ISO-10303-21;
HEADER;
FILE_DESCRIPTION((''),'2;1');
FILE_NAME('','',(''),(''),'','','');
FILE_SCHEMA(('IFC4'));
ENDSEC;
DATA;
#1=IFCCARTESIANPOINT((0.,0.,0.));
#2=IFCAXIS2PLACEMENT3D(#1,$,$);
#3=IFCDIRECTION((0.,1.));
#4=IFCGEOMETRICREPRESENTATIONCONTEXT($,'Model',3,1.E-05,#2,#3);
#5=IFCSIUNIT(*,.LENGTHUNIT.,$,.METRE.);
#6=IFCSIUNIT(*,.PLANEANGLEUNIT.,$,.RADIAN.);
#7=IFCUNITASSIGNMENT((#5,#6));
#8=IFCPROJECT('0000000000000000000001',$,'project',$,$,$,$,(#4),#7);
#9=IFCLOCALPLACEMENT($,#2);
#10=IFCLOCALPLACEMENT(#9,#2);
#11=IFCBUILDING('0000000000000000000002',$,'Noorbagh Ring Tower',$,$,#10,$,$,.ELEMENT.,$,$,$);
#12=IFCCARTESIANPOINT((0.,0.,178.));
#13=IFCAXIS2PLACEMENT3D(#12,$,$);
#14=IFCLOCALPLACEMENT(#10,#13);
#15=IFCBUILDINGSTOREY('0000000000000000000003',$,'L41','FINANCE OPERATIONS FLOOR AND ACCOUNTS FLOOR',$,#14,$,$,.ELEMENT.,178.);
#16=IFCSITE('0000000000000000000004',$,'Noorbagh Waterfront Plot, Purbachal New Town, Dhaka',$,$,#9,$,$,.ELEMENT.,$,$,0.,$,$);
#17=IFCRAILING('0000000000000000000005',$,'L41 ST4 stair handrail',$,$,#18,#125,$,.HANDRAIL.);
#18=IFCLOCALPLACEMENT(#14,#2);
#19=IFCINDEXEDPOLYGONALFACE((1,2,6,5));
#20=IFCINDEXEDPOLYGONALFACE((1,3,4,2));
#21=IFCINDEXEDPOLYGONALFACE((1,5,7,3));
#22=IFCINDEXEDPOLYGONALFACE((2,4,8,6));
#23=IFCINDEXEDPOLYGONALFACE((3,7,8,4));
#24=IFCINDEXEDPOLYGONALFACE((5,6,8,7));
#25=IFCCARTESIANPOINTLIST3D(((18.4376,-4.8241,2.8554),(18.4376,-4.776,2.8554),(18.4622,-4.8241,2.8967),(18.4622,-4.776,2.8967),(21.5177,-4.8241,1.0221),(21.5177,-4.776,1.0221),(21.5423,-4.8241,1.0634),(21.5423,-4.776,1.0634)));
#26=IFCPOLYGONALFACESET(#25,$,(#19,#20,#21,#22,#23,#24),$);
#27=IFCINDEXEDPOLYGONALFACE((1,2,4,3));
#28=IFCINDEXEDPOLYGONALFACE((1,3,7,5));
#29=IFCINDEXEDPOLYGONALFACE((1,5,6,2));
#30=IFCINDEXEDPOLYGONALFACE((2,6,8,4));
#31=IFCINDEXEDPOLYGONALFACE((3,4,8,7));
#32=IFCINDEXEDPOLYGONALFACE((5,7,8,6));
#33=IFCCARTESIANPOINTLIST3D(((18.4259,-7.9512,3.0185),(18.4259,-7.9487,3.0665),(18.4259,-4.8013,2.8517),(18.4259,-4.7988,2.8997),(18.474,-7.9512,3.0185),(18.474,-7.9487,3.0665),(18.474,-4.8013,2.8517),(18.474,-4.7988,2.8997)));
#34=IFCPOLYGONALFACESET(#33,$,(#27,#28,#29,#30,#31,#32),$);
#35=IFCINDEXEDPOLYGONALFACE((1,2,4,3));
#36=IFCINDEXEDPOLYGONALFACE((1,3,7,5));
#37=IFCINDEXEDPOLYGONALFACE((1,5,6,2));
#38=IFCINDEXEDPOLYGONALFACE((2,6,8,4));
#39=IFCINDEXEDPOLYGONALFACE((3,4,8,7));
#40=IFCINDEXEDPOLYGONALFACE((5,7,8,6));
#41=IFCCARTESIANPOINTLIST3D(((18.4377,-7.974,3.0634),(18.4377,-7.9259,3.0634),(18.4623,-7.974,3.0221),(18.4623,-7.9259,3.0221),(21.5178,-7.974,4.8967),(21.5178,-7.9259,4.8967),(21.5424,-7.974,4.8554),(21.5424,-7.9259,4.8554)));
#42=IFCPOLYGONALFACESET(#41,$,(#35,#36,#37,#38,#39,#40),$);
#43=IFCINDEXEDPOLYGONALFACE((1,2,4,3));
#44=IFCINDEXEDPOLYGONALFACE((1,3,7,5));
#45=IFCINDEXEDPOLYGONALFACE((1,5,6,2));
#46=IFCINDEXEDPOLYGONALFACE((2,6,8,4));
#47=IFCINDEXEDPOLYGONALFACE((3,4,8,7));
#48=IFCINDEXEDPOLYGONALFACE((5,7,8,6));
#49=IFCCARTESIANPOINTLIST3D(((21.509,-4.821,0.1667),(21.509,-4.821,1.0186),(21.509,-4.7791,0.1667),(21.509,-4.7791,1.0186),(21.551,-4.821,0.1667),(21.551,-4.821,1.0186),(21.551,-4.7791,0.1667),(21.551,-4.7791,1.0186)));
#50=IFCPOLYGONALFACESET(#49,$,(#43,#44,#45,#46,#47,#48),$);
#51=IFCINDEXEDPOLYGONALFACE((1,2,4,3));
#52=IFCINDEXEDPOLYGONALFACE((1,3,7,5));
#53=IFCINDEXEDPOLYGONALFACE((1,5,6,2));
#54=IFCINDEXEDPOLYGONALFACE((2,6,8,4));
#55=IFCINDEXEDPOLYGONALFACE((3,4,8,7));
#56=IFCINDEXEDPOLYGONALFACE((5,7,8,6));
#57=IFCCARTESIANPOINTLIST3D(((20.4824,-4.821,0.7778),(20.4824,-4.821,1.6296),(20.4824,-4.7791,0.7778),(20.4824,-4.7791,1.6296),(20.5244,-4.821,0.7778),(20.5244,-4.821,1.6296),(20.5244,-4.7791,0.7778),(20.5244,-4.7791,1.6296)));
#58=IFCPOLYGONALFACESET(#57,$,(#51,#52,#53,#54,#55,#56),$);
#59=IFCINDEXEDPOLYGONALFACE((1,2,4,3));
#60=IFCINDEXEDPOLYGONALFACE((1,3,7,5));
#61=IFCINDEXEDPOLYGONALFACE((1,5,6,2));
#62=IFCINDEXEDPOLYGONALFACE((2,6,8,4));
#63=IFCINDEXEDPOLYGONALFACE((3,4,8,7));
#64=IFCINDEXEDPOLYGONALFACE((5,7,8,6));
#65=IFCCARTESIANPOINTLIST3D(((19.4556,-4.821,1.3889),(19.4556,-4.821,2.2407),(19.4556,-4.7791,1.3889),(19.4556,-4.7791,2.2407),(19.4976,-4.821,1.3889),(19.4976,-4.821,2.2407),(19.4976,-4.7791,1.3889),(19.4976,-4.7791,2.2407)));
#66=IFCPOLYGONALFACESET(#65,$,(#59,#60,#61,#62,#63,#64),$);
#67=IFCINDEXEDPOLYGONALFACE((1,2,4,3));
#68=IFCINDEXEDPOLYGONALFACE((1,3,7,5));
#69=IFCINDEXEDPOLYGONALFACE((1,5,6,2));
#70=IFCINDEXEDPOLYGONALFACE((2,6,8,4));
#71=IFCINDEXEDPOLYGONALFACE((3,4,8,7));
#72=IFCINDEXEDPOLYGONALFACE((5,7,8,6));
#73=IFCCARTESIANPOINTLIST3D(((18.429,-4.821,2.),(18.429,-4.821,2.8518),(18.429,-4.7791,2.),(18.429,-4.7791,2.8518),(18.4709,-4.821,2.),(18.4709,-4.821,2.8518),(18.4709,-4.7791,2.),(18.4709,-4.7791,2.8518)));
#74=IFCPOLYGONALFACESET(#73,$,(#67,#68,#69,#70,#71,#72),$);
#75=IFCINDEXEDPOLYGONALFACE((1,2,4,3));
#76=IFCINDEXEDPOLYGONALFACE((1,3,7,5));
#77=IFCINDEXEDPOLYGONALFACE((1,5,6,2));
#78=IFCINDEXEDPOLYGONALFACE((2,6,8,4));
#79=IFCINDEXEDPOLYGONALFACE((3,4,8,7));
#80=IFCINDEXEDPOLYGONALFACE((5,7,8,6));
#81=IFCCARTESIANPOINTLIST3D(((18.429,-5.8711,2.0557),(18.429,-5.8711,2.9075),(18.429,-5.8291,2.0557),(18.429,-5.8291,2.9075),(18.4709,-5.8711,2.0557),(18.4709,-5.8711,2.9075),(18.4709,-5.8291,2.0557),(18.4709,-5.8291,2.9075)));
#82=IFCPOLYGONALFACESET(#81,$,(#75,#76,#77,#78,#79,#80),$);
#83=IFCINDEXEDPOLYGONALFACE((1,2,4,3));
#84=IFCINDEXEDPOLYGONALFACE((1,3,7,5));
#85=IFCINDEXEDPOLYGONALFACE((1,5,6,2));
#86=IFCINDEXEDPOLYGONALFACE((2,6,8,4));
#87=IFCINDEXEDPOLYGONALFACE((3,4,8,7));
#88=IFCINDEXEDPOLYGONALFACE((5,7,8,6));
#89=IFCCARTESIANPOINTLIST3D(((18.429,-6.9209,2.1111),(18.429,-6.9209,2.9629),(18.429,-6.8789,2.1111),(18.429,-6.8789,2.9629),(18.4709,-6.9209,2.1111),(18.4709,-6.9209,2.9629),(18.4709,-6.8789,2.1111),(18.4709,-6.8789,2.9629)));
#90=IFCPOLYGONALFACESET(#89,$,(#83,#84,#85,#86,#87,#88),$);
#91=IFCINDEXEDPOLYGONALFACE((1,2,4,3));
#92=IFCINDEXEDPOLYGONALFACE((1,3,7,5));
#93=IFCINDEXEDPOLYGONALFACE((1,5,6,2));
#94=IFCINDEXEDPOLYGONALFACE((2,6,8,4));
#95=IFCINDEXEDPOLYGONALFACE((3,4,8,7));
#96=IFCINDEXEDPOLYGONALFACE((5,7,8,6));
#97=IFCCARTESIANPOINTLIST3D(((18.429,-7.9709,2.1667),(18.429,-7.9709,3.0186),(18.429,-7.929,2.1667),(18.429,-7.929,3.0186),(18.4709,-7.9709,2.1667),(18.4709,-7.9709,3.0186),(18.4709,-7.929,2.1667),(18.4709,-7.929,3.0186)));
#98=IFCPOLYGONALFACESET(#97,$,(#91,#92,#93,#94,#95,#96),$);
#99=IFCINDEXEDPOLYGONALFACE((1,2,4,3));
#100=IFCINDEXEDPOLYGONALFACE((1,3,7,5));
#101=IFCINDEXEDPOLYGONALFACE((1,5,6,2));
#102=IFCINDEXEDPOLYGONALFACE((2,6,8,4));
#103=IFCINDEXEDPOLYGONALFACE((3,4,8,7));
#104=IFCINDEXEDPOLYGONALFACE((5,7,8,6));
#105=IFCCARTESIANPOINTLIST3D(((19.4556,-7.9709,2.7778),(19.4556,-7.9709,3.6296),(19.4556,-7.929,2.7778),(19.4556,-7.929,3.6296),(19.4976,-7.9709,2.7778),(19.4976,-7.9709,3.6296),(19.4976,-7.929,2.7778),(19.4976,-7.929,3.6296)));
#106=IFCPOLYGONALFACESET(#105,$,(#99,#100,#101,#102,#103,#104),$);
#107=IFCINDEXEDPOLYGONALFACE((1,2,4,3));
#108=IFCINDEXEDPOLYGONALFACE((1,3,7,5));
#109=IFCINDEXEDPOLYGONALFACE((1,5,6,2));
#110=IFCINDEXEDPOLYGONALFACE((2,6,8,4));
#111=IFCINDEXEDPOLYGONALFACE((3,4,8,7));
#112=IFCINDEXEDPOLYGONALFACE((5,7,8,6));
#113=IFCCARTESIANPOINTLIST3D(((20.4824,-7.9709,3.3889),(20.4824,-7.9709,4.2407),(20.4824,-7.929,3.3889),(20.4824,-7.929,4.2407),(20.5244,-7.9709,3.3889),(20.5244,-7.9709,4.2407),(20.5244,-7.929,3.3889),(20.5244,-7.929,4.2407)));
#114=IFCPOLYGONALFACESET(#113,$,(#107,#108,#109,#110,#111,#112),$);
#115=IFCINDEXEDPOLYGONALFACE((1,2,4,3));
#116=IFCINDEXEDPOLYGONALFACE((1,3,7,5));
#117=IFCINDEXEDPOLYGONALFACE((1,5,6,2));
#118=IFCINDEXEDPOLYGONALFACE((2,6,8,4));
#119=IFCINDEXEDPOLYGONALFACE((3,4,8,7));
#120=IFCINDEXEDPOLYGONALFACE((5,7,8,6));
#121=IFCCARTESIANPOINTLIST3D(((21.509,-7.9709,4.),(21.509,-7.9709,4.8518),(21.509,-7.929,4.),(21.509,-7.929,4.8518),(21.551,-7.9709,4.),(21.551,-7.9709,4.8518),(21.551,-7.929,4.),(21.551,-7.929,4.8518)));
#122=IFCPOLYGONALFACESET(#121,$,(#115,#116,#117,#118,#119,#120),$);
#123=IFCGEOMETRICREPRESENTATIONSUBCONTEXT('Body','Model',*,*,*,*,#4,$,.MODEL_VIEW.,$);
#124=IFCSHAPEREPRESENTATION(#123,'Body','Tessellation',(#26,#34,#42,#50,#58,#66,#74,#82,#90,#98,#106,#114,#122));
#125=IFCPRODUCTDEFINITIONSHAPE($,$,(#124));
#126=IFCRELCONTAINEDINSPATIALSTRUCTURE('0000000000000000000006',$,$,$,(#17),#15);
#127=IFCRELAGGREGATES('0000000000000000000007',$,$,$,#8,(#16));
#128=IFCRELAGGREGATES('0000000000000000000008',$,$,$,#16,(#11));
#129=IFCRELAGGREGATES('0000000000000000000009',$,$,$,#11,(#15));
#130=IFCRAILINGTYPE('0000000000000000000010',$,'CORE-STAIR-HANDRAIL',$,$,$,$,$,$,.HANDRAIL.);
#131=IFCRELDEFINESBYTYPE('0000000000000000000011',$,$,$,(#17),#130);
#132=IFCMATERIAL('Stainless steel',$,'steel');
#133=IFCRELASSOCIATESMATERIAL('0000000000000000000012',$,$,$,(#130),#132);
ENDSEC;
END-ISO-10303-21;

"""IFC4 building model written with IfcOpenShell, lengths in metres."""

from ifc_helpers import new_model, si_unit, direction, frame, origin, origin_2d, place, context, subcontext, project, spatial, rectangle, extrude, material, type_object, element, save


model = new_model("IFC4")

# Units and contexts
model_context = context("Model", 3, precision=1e-05, world=origin(), true_north=direction((0.0, 1.0)))
body_context = subcontext(model_context, "Body", "Model", "MODEL_VIEW")
ifc_project = project(units=[si_unit("LENGTHUNIT", "METRE"), si_unit("PLANEANGLEUNIT", "RADIAN")], contexts=[model_context])

# Site, building, storey
site_placement = place(None, origin())
site = spatial("IfcSite", under=ifc_project, at=site_placement, Name="Noorbagh Waterfront Plot, Purbachal New Town, Dhaka", CompositionType="ELEMENT", RefElevation=0.0)
building_placement = place(site_placement, origin())
building = spatial("IfcBuilding", under=site, at=building_placement, Name="Noorbagh Ring Tower", CompositionType="ELEMENT")
storey_placement = place(building_placement, frame((0.0, 0.0, 178.0)))
storey = spatial("IfcBuildingStorey", under=building, at=storey_placement, Name="L41", Description="FINANCE OPERATIONS FLOOR AND ACCOUNTS FLOOR", CompositionType="ELEMENT", Elevation=178.0)

# Railing
ifc_material_1 = material(Name="Stainless steel", Category="steel")
railing_type_1 = type_object("IfcRailingType", Name="CORE-STAIR-HANDRAIL", PredefinedType="HANDRAIL", material=ifc_material_1)
railing_1_placement = place(storey_placement, frame((21.53, -4.8, 0.1667)))
element("IfcRailing", 1, at=railing_1_placement, inside=storey, type_object=railing_type_1, Name="L41 ST4 stair handrail", PredefinedType="HANDRAIL", context=body_context, shape_type="SweptSolid", body=[
    extrude(rectangle(XDim=0.0481, YDim=0.0481, at=origin_2d()), frame((0.0, 0.0, 0.876), z_axis=(-0.859309, 0.0, 0.511458), x_axis=(0.0, -1.0, 0.0)), (0.0, 0.0, 1.0), 3.5845),
    extrude(rectangle(XDim=0.0481, YDim=0.0481, at=origin_2d()), frame((-3.0801, 0.0, 2.709), z_axis=(0.0, -0.998602, 0.052864), x_axis=(1.0, 0.0, 0.0)), (0.0, 0.0, 1.0), 3.1543),
    extrude(rectangle(XDim=0.0481, YDim=0.0481, at=origin_2d()), frame((-3.0801, -3.1499, 2.876), z_axis=(0.859309, 0.0, 0.511458), x_axis=(0.0, 1.0, 0.0)), (0.0, 0.0, 1.0), 3.5845),
    extrude(rectangle(XDim=0.042, YDim=0.042, at=origin_2d()), origin(), (0.0, 0.0, 1.0), 0.8518),
    extrude(rectangle(XDim=0.042, YDim=0.042, at=origin_2d()), frame((-1.0266, 0.0, 0.6111)), (0.0, 0.0, 1.0), 0.8518),
    extrude(rectangle(XDim=0.042, YDim=0.042, at=origin_2d()), frame((-2.0535, 0.0, 1.2222)), (0.0, 0.0, 1.0), 0.8518),
    extrude(rectangle(XDim=0.042, YDim=0.042, at=origin_2d()), frame((-3.0801, 0.0, 1.8333)), (0.0, 0.0, 1.0), 0.8518),
    extrude(rectangle(XDim=0.042, YDim=0.042, at=origin_2d()), frame((-3.0801, -1.05, 1.8889)), (0.0, 0.0, 1.0), 0.8518),
    extrude(rectangle(XDim=0.042, YDim=0.042, at=origin_2d()), frame((-3.0801, -2.0999, 1.9443)), (0.0, 0.0, 1.0), 0.8518),
    extrude(rectangle(XDim=0.042, YDim=0.042, at=origin_2d()), frame((-3.0801, -3.1499, 2.0)), (0.0, 0.0, 1.0), 0.8518),
    extrude(rectangle(XDim=0.042, YDim=0.042, at=origin_2d()), frame((-2.0535, -3.1499, 2.6111)), (0.0, 0.0, 1.0), 0.8518),
    extrude(rectangle(XDim=0.042, YDim=0.042, at=origin_2d()), frame((-1.0266, -3.1499, 3.2222)), (0.0, 0.0, 1.0), 0.8518),
    extrude(rectangle(XDim=0.042, YDim=0.042, at=origin_2d()), frame((0.0, -3.1499, 3.8333)), (0.0, 0.0, 1.0), 0.8518),
])

save(model, "model.ifc")
